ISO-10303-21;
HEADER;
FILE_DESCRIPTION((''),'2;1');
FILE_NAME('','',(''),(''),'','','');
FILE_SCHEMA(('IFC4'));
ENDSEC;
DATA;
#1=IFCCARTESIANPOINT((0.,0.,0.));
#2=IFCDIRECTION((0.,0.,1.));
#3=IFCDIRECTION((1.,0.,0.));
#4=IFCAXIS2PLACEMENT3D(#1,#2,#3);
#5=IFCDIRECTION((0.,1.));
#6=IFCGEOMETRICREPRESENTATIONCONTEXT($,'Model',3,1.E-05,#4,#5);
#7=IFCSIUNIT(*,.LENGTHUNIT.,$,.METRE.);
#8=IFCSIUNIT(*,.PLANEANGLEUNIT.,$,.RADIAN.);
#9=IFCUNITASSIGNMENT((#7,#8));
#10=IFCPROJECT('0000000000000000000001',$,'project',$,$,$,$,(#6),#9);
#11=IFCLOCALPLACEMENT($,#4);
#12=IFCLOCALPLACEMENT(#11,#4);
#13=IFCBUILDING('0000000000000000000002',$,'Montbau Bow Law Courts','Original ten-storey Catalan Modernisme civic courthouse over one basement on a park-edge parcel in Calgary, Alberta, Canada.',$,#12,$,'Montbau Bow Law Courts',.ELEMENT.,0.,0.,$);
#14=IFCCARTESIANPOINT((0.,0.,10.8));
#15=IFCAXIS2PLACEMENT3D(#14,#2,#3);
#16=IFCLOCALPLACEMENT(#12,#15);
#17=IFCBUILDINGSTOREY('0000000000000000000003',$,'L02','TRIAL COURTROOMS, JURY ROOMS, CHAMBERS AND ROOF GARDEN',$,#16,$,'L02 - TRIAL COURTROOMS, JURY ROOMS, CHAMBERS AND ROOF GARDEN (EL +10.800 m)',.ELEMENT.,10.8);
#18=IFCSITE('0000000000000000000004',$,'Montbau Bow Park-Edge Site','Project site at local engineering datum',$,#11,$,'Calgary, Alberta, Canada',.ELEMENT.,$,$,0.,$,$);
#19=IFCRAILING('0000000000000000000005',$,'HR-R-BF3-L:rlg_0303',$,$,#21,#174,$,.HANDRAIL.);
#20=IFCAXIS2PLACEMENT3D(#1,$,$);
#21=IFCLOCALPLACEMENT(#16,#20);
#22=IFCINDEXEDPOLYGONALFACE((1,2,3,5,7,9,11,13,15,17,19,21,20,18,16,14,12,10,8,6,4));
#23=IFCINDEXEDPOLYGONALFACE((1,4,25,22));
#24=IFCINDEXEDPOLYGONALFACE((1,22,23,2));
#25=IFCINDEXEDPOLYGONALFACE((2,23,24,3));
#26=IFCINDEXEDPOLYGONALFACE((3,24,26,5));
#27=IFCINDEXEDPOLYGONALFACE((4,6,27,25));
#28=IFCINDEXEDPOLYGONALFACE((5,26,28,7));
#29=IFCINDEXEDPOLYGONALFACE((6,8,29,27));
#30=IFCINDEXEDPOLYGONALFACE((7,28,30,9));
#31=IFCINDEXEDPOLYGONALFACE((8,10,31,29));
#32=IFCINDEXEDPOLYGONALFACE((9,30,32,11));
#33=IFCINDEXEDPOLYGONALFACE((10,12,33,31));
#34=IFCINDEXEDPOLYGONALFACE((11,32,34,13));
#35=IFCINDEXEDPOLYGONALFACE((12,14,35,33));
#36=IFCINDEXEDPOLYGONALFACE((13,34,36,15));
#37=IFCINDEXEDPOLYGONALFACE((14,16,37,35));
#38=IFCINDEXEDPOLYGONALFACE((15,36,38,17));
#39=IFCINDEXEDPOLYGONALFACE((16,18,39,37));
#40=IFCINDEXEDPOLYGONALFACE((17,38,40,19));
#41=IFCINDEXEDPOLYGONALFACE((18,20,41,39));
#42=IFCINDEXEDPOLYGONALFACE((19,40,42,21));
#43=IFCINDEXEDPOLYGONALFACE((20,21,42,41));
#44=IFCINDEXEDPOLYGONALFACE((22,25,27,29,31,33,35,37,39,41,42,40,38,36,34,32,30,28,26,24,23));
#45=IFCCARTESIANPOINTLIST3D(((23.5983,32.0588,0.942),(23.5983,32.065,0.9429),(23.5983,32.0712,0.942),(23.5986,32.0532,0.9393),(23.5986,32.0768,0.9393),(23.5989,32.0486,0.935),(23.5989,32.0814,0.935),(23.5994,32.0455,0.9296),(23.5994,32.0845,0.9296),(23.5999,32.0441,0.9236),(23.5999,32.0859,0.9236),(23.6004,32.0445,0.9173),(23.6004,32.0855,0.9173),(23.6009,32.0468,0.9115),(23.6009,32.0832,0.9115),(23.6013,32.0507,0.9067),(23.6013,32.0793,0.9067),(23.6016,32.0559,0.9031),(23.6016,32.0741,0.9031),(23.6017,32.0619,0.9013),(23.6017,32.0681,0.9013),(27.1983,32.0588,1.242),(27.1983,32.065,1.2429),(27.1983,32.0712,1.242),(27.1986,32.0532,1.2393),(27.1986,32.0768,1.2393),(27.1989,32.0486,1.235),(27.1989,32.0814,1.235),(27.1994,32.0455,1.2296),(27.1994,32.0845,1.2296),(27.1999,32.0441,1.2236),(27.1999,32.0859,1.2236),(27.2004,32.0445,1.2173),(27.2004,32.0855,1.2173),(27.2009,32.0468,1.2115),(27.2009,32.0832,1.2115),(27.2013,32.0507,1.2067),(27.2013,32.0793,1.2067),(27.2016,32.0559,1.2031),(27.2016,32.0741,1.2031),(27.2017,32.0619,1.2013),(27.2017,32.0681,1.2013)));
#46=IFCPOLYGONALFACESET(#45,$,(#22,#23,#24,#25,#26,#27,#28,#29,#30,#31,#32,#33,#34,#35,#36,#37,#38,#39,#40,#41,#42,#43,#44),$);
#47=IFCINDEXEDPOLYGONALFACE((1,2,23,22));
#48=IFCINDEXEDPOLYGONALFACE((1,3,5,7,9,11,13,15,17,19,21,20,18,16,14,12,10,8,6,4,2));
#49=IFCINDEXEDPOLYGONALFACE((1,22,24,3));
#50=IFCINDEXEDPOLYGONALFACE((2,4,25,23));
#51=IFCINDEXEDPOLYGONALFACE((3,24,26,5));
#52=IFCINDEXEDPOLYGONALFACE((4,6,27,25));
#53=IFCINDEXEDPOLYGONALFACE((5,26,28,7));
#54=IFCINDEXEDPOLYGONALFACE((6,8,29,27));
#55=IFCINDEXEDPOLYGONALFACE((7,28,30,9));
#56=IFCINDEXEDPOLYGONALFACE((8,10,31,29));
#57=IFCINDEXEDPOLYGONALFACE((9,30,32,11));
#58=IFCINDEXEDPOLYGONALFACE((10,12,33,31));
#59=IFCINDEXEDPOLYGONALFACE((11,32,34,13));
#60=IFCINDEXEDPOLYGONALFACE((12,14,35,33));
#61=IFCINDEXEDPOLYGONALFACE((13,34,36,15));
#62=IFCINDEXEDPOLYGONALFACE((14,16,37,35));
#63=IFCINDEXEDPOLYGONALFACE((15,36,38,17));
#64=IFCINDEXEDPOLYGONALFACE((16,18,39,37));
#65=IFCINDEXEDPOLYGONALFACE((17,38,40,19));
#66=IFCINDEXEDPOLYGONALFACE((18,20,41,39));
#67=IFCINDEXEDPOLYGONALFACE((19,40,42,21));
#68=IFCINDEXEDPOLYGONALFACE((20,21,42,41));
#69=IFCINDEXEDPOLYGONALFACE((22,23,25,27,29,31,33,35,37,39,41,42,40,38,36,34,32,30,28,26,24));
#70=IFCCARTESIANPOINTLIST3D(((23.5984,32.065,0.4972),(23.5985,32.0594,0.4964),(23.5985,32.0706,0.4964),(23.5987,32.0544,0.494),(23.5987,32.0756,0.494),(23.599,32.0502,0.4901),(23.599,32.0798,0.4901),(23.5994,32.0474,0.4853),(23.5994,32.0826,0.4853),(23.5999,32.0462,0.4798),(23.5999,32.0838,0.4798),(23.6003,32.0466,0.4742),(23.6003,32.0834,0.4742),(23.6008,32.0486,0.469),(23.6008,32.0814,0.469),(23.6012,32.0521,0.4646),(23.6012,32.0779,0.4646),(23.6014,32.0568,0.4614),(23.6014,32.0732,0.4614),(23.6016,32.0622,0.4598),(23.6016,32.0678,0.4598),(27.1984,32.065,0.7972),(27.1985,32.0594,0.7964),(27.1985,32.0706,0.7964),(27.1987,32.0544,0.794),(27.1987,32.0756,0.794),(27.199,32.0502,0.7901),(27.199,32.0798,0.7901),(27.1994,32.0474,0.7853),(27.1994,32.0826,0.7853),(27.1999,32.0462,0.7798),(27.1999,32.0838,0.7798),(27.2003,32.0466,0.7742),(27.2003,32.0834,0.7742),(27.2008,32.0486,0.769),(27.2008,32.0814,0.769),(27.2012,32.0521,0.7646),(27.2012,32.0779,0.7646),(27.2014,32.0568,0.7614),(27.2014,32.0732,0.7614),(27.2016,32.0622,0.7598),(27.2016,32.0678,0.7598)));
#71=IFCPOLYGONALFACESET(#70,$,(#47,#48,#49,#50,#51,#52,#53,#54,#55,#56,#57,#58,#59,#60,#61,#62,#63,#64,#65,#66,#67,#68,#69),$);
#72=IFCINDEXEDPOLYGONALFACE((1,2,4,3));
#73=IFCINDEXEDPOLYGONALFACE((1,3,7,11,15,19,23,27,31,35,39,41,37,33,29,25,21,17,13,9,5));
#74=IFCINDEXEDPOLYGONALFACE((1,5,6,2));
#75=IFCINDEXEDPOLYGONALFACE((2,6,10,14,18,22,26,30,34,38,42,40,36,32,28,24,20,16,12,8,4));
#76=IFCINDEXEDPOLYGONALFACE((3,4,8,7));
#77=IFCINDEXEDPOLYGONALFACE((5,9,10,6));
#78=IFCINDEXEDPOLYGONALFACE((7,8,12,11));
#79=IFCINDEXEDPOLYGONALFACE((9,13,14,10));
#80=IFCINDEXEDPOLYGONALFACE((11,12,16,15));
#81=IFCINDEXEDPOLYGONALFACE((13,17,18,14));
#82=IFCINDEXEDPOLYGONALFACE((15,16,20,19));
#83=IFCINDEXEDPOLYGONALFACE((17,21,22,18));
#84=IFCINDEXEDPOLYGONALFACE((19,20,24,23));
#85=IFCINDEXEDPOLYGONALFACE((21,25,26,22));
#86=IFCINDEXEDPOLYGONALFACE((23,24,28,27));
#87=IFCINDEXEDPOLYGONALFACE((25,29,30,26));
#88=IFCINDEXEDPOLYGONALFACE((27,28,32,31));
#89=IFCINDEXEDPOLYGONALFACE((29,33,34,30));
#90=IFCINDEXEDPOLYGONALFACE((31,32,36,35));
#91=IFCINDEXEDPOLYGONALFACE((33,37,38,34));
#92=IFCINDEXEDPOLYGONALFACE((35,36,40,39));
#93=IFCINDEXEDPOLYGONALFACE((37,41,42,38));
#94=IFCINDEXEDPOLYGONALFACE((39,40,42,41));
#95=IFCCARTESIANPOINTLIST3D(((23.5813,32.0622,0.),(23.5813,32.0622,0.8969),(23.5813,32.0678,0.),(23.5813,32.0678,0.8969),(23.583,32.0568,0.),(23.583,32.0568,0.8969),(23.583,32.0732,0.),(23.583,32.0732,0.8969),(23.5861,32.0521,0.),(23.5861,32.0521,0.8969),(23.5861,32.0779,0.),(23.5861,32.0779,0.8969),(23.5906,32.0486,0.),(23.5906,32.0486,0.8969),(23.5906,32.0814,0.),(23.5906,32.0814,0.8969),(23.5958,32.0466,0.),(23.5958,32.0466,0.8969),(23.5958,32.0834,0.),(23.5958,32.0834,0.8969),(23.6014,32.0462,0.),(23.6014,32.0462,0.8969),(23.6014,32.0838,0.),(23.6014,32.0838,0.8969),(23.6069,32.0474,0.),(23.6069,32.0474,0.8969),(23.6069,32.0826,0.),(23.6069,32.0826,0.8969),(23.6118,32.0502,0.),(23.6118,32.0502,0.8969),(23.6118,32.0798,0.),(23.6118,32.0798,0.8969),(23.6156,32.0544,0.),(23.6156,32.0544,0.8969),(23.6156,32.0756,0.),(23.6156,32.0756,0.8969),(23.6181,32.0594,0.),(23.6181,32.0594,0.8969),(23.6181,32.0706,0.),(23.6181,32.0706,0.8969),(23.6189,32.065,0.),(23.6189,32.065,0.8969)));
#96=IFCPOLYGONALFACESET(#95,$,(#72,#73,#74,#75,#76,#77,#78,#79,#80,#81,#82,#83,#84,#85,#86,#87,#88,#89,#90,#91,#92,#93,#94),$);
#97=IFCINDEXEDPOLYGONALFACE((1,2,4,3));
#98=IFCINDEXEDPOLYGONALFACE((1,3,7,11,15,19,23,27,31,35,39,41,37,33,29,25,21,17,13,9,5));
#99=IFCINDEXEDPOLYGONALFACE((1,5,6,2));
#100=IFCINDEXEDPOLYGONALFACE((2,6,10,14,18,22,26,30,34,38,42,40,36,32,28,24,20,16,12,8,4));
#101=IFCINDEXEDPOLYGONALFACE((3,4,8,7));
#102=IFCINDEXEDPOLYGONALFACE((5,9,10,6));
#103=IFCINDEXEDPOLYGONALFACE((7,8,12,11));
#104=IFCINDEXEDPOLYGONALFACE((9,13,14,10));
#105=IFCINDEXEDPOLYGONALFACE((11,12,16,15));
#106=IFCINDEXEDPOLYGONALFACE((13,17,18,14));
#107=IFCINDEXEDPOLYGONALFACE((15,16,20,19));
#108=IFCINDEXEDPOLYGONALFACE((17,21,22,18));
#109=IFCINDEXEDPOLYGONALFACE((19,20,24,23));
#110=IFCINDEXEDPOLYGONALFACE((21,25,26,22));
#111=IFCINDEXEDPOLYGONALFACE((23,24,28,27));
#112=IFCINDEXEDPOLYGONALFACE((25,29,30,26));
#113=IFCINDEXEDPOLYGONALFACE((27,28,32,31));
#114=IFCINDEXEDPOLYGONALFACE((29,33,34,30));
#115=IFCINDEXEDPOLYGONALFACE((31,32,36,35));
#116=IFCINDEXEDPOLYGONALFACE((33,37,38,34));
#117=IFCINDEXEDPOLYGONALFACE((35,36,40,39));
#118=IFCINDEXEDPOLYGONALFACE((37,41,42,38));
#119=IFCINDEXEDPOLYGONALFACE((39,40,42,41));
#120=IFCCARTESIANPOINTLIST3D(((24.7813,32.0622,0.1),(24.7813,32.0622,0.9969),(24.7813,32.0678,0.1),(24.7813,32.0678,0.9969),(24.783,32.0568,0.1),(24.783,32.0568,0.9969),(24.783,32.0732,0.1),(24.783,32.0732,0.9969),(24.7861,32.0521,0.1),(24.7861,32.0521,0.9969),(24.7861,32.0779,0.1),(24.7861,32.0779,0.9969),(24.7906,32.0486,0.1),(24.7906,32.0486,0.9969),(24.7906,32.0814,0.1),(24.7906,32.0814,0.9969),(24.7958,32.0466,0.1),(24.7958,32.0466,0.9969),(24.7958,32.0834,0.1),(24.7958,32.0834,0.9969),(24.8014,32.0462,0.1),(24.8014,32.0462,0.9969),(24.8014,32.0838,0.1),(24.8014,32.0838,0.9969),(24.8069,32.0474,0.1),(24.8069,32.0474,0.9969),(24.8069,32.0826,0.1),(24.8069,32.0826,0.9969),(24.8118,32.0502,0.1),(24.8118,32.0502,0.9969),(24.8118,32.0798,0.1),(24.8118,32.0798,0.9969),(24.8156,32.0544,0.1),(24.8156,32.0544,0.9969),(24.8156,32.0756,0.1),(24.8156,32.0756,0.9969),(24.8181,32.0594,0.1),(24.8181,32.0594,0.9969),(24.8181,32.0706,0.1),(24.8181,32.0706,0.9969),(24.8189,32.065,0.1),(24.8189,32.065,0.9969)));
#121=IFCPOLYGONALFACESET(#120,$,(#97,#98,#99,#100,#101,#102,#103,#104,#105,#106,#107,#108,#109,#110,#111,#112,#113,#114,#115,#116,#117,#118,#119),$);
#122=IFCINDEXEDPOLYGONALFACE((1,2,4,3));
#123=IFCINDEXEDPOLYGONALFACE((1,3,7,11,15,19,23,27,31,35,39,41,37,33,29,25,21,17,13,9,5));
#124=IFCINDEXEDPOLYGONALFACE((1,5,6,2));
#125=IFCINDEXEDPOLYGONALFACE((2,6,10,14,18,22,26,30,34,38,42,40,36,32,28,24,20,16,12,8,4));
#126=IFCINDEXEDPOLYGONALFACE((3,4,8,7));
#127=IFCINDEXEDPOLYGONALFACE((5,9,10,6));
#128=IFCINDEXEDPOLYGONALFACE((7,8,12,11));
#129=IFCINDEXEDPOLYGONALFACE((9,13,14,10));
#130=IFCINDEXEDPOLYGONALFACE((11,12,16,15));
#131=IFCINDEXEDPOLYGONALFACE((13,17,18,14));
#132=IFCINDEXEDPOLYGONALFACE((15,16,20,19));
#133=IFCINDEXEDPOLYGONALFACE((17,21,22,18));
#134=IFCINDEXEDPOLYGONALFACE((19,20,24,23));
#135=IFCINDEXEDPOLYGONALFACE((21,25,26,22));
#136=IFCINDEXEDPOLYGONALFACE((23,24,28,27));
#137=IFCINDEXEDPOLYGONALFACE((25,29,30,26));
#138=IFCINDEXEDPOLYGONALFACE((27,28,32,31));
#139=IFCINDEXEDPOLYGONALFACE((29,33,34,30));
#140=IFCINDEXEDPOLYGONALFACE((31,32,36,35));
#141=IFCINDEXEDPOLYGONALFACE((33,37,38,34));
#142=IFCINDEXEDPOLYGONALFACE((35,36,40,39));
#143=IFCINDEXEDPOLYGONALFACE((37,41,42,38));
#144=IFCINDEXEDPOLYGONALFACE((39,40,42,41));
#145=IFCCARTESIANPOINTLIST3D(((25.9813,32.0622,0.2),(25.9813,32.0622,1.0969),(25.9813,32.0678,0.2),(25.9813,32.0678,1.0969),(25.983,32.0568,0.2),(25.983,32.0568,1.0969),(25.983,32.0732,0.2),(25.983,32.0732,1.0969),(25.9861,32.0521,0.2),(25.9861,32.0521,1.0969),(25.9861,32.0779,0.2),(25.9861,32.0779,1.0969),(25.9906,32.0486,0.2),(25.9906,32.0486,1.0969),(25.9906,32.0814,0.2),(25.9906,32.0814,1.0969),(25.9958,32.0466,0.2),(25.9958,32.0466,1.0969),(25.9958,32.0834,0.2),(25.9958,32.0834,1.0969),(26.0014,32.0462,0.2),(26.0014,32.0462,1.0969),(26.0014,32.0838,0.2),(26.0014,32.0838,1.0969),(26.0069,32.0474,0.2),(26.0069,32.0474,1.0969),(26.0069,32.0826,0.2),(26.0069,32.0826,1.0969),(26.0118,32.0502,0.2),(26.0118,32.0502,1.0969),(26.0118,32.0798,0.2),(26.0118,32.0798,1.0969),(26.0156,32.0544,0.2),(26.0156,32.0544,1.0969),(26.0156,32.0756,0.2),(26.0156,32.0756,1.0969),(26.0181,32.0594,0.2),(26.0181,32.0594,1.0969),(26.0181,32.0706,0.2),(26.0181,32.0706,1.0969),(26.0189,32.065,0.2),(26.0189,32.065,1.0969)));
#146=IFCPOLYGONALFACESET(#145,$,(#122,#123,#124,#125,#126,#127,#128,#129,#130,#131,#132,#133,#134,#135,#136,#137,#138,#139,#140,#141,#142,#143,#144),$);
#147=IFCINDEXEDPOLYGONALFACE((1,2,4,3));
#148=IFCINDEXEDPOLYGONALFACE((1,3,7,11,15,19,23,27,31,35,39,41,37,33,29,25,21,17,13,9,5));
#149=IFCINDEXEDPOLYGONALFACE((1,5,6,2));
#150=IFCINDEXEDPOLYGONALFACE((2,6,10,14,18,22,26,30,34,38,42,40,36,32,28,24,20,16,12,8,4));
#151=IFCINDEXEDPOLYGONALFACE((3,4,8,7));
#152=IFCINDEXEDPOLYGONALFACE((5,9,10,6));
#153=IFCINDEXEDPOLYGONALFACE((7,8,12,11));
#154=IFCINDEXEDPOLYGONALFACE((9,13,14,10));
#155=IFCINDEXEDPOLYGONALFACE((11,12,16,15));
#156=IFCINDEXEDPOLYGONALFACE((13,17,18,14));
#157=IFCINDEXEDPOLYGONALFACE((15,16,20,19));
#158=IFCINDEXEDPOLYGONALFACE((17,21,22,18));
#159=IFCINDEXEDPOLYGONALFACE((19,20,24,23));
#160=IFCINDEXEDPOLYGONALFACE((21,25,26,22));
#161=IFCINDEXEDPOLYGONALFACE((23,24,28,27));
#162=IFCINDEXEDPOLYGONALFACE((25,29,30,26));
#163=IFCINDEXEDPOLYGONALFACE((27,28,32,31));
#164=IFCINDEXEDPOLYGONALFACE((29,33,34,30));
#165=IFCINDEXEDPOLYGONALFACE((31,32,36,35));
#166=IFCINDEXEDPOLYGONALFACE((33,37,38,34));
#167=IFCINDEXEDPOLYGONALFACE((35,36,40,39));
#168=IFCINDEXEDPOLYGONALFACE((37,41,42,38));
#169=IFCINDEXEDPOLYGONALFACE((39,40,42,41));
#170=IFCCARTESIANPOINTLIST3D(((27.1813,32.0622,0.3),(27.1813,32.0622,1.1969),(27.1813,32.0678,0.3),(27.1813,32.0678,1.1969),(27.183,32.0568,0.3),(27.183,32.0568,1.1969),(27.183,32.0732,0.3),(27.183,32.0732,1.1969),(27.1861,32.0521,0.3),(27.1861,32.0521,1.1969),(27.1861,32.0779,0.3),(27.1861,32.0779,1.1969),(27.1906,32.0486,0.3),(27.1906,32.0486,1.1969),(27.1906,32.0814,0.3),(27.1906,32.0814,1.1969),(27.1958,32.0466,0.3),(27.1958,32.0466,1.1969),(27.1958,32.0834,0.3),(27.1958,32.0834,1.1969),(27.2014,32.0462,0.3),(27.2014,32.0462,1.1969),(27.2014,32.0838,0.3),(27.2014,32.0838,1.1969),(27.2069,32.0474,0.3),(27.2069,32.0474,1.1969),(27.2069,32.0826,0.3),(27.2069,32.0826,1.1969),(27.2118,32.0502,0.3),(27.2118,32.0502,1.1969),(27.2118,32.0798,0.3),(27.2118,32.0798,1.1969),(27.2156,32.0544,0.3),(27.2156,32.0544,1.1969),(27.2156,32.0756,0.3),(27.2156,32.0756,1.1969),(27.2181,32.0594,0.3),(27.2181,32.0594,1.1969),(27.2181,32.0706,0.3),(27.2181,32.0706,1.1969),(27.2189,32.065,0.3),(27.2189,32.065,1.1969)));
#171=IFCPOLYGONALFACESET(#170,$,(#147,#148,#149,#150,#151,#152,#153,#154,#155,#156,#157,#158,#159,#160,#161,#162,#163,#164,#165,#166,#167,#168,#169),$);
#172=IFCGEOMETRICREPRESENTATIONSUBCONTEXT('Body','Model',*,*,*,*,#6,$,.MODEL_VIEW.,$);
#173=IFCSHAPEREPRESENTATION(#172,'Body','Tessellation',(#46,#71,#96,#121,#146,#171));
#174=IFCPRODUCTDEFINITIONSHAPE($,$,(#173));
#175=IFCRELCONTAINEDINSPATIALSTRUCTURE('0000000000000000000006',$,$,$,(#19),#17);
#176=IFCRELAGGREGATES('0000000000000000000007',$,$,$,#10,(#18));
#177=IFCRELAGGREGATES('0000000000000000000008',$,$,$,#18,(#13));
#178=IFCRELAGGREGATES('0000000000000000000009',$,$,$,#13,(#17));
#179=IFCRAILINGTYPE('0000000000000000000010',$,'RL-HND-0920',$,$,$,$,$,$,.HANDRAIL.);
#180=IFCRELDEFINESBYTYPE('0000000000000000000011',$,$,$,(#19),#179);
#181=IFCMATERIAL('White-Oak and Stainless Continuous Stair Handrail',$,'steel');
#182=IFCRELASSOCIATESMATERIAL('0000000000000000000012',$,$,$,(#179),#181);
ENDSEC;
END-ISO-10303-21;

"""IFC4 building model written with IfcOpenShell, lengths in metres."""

from ifc_helpers import new_model, si_unit, direction, frame, origin_with_axes, origin_2d_with_axis, place, context, subcontext, project, spatial, circle, extrude, material, type_object, element, save


model = new_model("IFC4")

# Units and contexts
model_context = context("Model", 3, precision=1e-05, world=origin_with_axes(), true_north=direction((0.0, 1.0)))
body_context = subcontext(model_context, "Body", "Model", "MODEL_VIEW")
ifc_project = project(units=[si_unit("LENGTHUNIT", "METRE"), si_unit("PLANEANGLEUNIT", "RADIAN")], contexts=[model_context])

# Site, building, storey
site_placement = place(None, origin_with_axes())
site = spatial("IfcSite", under=ifc_project, at=site_placement, Name="Montbau Bow Park-Edge Site", Description="Project site at local engineering datum", LongName="Calgary, Alberta, Canada", CompositionType="ELEMENT", RefElevation=0.0)
building_placement = place(site_placement, origin_with_axes())
building = spatial("IfcBuilding", under=site, at=building_placement, Name="Montbau Bow Law Courts", Description="Original ten-storey Catalan Modernisme civic courthouse over one basement on a park-edge parcel in Calgary, Alberta, Canada.", LongName="Montbau Bow Law Courts", CompositionType="ELEMENT", ElevationOfRefHeight=0.0, ElevationOfTerrain=0.0)
storey_placement = place(building_placement, frame((0.0, 0.0, 10.8), z_axis=(0.0, 0.0, 1.0), x_axis=(1.0, 0.0, 0.0)))
storey = spatial("IfcBuildingStorey", under=building, at=storey_placement, Name="L02", Description="TRIAL COURTROOMS, JURY ROOMS, CHAMBERS AND ROOF GARDEN", LongName="L02 - TRIAL COURTROOMS, JURY ROOMS, CHAMBERS AND ROOF GARDEN (EL +10.800 m)", CompositionType="ELEMENT", Elevation=10.8)

# Railing
ifc_material_1 = material(Name="White-Oak and Stainless Continuous Stair Handrail", Category="steel")
railing_type_1 = type_object("IfcRailingType", Name="RL-HND-0920", PredefinedType="HANDRAIL", material=ifc_material_1)
railing_1_placement = place(None, origin_with_axes())
element("IfcRailing", 1, at=railing_1_placement, inside=storey, type_object=railing_type_1, Name="HR-R-BF3-L:rlg_0303", PredefinedType="HANDRAIL", context=body_context, shape_type="SweptSolid", body=[
    extrude(circle(Radius=0.021, at=origin_2d_with_axis()), frame((23.6, 32.065, 11.722), z_axis=(0.996546, 0.0, 0.083045), x_axis=(-0.083045, 0.0, 0.996546)), (0.0, 0.0, 1.0), 3.6125),
    extrude(circle(Radius=0.0189, at=origin_2d_with_axis()), frame((23.6, 32.065, 11.2784), z_axis=(0.996546, 0.0, 0.083045), x_axis=(-0.083045, 0.0, 0.996546)), (0.0, 0.0, 1.0), 3.6125),
    extrude(circle(Radius=0.0189, at=origin_2d_with_axis()), frame((23.6, 32.065, 10.8), z_axis=(0.0, 0.0, 1.0), x_axis=(1.0, 0.0, 0.0)), (0.0, 0.0, 1.0), 0.8969),
    extrude(circle(Radius=0.0189, at=origin_2d_with_axis()), frame((24.8, 32.065, 10.9), z_axis=(0.0, 0.0, 1.0), x_axis=(1.0, 0.0, 0.0)), (0.0, 0.0, 1.0), 0.8969),
    extrude(circle(Radius=0.0189, at=origin_2d_with_axis()), frame((26.0, 32.065, 11.0), z_axis=(0.0, 0.0, 1.0), x_axis=(1.0, 0.0, 0.0)), (0.0, 0.0, 1.0), 0.8969),
    extrude(circle(Radius=0.0189, at=origin_2d_with_axis()), frame((27.2, 32.065, 11.1), z_axis=(0.0, 0.0, 1.0), x_axis=(1.0, 0.0, 0.0)), (0.0, 0.0, 1.0), 0.8969),
])

save(model, "model.ifc")
